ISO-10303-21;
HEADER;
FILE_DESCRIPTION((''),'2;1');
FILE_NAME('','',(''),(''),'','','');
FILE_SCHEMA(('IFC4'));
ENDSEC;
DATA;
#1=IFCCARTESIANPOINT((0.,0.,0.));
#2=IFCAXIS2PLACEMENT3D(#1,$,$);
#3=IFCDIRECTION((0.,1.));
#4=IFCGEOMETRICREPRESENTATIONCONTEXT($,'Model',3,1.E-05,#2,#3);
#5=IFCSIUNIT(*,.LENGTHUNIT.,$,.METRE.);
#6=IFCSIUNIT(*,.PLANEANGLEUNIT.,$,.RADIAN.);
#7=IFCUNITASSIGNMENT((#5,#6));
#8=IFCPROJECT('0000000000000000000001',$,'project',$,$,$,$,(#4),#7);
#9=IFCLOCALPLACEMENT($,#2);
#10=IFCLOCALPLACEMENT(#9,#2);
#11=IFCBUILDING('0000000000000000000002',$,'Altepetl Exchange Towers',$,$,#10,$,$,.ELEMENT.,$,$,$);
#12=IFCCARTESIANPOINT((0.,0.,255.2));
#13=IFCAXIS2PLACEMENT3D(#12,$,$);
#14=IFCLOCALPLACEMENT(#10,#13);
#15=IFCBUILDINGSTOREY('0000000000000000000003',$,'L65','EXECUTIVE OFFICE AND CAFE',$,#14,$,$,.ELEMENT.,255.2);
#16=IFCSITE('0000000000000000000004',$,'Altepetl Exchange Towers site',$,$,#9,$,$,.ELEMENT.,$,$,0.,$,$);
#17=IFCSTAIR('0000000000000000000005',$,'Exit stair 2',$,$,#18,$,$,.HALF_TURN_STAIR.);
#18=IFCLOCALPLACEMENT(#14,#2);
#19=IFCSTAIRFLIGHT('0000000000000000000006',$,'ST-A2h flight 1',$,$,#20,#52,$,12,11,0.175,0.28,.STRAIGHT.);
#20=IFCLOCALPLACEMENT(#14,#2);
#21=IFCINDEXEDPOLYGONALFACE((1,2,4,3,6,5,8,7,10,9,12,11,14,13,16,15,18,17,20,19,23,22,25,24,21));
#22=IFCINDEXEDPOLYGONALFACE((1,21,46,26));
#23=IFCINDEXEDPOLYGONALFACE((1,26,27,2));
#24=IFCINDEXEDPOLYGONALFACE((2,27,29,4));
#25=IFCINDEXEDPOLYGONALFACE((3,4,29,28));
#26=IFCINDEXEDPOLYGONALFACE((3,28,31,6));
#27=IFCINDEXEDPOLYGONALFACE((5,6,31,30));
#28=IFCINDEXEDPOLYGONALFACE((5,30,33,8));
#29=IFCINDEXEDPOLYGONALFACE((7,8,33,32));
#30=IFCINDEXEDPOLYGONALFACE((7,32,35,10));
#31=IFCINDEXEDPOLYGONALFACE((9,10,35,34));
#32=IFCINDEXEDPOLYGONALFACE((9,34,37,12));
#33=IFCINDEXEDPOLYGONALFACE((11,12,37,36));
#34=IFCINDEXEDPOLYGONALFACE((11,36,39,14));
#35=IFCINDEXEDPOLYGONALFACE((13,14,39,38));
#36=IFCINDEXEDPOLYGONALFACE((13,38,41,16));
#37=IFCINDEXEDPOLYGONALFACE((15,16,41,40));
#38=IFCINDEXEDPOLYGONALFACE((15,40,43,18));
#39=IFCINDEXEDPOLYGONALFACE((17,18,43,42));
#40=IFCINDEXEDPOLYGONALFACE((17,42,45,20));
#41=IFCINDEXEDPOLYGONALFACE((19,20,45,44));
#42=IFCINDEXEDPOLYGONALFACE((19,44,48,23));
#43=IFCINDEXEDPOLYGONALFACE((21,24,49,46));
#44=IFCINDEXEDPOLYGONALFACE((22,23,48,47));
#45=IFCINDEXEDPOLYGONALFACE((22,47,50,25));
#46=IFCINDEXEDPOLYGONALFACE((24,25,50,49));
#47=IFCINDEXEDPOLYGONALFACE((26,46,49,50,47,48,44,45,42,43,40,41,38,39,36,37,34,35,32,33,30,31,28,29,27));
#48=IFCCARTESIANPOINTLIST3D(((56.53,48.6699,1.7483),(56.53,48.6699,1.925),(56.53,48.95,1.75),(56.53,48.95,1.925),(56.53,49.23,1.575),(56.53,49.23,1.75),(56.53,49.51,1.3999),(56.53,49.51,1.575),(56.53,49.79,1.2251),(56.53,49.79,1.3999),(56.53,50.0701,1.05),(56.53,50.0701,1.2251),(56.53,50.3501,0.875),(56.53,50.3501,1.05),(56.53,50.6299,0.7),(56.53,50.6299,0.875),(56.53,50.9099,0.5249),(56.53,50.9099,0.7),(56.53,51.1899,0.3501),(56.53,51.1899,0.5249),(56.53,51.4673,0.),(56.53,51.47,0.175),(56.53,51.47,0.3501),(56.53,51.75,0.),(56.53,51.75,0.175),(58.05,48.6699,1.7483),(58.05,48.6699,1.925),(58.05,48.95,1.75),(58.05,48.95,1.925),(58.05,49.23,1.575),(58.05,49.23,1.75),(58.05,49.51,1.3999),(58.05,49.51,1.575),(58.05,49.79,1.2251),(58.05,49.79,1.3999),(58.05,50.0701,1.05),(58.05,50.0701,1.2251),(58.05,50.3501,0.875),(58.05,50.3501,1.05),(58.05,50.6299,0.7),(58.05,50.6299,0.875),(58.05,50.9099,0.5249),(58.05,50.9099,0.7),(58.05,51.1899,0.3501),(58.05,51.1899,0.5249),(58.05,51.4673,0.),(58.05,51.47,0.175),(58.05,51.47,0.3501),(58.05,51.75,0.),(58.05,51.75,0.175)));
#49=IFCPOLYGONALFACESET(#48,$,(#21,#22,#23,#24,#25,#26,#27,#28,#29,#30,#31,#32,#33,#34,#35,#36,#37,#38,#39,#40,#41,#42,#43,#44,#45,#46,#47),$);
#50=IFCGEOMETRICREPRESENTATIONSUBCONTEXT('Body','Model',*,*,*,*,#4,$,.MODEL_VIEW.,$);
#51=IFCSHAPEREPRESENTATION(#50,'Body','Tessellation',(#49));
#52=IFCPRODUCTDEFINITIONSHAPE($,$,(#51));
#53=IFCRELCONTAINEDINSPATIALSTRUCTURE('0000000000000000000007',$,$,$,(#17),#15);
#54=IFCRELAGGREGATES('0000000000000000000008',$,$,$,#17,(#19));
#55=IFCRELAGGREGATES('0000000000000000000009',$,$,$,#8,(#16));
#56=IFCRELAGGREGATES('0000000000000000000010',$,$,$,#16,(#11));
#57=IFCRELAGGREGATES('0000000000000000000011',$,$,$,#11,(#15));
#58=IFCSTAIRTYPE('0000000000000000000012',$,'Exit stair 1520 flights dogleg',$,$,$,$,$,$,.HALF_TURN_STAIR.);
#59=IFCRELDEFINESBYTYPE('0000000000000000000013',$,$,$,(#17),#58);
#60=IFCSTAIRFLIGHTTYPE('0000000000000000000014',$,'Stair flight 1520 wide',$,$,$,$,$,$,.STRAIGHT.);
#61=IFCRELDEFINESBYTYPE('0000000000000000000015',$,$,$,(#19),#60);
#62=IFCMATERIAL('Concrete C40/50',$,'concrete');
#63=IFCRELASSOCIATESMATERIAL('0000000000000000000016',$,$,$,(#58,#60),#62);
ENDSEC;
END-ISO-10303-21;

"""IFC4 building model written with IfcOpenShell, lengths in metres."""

from ifc_helpers import new_model, si_unit, direction, frame, origin, place, context, subcontext, project, spatial, polyline, outline, extrude, material, type_object, element, aggregate, save


model = new_model("IFC4")

# Units and contexts
model_context = context("Model", 3, precision=1e-05, world=origin(), true_north=direction((0.0, 1.0)))
body_context = subcontext(model_context, "Body", "Model", "MODEL_VIEW")
ifc_project = project(units=[si_unit("LENGTHUNIT", "METRE"), si_unit("PLANEANGLEUNIT", "RADIAN")], contexts=[model_context])

# Site, building, storey
site_placement = place(None, origin())
site = spatial("IfcSite", under=ifc_project, at=site_placement, Name="Altepetl Exchange Towers site", CompositionType="ELEMENT", RefElevation=0.0)
building_placement = place(site_placement, origin())
building = spatial("IfcBuilding", under=site, at=building_placement, Name="Altepetl Exchange Towers", CompositionType="ELEMENT")
storey_placement = place(building_placement, frame((0.0, 0.0, 255.2)))
storey = spatial("IfcBuildingStorey", under=building, at=storey_placement, Name="L65", Description="EXECUTIVE OFFICE AND CAFE", CompositionType="ELEMENT", Elevation=255.2)

# Shared definitions
ifc_material_1 = material(Name="Concrete C40/50", Category="concrete")

# Stair, stair flight
stair_type = type_object("IfcStairType", Name="Exit stair 1520 flights dogleg", PredefinedType="HALF_TURN_STAIR", material=ifc_material_1)
stair_placement = place(storey_placement, origin())
stair = element("IfcStair", 1, at=stair_placement, inside=storey, type_object=stair_type, Name="Exit stair 2", PredefinedType="HALF_TURN_STAIR")
stair_flight_type = type_object("IfcStairFlightType", Name="Stair flight 1520 wide", PredefinedType="STRAIGHT", material=ifc_material_1)
stair_flight_placement = place(storey_placement, frame((57.29, 51.75, 0.0), z_axis=(0.0, 0.0, 1.0), x_axis=(0.0, -1.0, 0.0)))
stair_flight = element("IfcStairFlight", 2, at=stair_flight_placement, type_object=stair_flight_type, Name="ST-A2h flight 1", NumberOfRisers=12, NumberOfTreads=11, PredefinedType="STRAIGHT", RiserHeight=0.175, TreadLength=0.28, context=body_context, shape_type="SweptSolid", body=[
    extrude(outline(polyline([(0.0, 0.0), (0.0, 0.175), (0.28, 0.175), (0.28, 0.3501), (0.5601, 0.3501), (0.5601, 0.5249), (0.8401, 0.5249), (0.8401, 0.7), (1.1201, 0.7), (1.1201, 0.875), (1.3999, 0.875), (1.3999, 1.05), (1.6799, 1.05), (1.6799, 1.2251), (1.96, 1.2251), (1.96, 1.3999), (2.24, 1.3999), (2.24, 1.575), (2.52, 1.575), (2.52, 1.75), (2.8, 1.75), (2.8, 1.925), (3.0801, 1.925), (3.0801, 2.1001), (3.0801, 1.7483), (0.2827, 0.0), (0.0, 0.0)])), frame((0.0, 0.76, 0.0), z_axis=(0.0, -1.0, 0.0), x_axis=(1.0, 0.0, 0.0)), (0.0, 0.0, 1.0), 1.52),
])
aggregate(stair, [stair_flight])

save(model, "model.ifc")
